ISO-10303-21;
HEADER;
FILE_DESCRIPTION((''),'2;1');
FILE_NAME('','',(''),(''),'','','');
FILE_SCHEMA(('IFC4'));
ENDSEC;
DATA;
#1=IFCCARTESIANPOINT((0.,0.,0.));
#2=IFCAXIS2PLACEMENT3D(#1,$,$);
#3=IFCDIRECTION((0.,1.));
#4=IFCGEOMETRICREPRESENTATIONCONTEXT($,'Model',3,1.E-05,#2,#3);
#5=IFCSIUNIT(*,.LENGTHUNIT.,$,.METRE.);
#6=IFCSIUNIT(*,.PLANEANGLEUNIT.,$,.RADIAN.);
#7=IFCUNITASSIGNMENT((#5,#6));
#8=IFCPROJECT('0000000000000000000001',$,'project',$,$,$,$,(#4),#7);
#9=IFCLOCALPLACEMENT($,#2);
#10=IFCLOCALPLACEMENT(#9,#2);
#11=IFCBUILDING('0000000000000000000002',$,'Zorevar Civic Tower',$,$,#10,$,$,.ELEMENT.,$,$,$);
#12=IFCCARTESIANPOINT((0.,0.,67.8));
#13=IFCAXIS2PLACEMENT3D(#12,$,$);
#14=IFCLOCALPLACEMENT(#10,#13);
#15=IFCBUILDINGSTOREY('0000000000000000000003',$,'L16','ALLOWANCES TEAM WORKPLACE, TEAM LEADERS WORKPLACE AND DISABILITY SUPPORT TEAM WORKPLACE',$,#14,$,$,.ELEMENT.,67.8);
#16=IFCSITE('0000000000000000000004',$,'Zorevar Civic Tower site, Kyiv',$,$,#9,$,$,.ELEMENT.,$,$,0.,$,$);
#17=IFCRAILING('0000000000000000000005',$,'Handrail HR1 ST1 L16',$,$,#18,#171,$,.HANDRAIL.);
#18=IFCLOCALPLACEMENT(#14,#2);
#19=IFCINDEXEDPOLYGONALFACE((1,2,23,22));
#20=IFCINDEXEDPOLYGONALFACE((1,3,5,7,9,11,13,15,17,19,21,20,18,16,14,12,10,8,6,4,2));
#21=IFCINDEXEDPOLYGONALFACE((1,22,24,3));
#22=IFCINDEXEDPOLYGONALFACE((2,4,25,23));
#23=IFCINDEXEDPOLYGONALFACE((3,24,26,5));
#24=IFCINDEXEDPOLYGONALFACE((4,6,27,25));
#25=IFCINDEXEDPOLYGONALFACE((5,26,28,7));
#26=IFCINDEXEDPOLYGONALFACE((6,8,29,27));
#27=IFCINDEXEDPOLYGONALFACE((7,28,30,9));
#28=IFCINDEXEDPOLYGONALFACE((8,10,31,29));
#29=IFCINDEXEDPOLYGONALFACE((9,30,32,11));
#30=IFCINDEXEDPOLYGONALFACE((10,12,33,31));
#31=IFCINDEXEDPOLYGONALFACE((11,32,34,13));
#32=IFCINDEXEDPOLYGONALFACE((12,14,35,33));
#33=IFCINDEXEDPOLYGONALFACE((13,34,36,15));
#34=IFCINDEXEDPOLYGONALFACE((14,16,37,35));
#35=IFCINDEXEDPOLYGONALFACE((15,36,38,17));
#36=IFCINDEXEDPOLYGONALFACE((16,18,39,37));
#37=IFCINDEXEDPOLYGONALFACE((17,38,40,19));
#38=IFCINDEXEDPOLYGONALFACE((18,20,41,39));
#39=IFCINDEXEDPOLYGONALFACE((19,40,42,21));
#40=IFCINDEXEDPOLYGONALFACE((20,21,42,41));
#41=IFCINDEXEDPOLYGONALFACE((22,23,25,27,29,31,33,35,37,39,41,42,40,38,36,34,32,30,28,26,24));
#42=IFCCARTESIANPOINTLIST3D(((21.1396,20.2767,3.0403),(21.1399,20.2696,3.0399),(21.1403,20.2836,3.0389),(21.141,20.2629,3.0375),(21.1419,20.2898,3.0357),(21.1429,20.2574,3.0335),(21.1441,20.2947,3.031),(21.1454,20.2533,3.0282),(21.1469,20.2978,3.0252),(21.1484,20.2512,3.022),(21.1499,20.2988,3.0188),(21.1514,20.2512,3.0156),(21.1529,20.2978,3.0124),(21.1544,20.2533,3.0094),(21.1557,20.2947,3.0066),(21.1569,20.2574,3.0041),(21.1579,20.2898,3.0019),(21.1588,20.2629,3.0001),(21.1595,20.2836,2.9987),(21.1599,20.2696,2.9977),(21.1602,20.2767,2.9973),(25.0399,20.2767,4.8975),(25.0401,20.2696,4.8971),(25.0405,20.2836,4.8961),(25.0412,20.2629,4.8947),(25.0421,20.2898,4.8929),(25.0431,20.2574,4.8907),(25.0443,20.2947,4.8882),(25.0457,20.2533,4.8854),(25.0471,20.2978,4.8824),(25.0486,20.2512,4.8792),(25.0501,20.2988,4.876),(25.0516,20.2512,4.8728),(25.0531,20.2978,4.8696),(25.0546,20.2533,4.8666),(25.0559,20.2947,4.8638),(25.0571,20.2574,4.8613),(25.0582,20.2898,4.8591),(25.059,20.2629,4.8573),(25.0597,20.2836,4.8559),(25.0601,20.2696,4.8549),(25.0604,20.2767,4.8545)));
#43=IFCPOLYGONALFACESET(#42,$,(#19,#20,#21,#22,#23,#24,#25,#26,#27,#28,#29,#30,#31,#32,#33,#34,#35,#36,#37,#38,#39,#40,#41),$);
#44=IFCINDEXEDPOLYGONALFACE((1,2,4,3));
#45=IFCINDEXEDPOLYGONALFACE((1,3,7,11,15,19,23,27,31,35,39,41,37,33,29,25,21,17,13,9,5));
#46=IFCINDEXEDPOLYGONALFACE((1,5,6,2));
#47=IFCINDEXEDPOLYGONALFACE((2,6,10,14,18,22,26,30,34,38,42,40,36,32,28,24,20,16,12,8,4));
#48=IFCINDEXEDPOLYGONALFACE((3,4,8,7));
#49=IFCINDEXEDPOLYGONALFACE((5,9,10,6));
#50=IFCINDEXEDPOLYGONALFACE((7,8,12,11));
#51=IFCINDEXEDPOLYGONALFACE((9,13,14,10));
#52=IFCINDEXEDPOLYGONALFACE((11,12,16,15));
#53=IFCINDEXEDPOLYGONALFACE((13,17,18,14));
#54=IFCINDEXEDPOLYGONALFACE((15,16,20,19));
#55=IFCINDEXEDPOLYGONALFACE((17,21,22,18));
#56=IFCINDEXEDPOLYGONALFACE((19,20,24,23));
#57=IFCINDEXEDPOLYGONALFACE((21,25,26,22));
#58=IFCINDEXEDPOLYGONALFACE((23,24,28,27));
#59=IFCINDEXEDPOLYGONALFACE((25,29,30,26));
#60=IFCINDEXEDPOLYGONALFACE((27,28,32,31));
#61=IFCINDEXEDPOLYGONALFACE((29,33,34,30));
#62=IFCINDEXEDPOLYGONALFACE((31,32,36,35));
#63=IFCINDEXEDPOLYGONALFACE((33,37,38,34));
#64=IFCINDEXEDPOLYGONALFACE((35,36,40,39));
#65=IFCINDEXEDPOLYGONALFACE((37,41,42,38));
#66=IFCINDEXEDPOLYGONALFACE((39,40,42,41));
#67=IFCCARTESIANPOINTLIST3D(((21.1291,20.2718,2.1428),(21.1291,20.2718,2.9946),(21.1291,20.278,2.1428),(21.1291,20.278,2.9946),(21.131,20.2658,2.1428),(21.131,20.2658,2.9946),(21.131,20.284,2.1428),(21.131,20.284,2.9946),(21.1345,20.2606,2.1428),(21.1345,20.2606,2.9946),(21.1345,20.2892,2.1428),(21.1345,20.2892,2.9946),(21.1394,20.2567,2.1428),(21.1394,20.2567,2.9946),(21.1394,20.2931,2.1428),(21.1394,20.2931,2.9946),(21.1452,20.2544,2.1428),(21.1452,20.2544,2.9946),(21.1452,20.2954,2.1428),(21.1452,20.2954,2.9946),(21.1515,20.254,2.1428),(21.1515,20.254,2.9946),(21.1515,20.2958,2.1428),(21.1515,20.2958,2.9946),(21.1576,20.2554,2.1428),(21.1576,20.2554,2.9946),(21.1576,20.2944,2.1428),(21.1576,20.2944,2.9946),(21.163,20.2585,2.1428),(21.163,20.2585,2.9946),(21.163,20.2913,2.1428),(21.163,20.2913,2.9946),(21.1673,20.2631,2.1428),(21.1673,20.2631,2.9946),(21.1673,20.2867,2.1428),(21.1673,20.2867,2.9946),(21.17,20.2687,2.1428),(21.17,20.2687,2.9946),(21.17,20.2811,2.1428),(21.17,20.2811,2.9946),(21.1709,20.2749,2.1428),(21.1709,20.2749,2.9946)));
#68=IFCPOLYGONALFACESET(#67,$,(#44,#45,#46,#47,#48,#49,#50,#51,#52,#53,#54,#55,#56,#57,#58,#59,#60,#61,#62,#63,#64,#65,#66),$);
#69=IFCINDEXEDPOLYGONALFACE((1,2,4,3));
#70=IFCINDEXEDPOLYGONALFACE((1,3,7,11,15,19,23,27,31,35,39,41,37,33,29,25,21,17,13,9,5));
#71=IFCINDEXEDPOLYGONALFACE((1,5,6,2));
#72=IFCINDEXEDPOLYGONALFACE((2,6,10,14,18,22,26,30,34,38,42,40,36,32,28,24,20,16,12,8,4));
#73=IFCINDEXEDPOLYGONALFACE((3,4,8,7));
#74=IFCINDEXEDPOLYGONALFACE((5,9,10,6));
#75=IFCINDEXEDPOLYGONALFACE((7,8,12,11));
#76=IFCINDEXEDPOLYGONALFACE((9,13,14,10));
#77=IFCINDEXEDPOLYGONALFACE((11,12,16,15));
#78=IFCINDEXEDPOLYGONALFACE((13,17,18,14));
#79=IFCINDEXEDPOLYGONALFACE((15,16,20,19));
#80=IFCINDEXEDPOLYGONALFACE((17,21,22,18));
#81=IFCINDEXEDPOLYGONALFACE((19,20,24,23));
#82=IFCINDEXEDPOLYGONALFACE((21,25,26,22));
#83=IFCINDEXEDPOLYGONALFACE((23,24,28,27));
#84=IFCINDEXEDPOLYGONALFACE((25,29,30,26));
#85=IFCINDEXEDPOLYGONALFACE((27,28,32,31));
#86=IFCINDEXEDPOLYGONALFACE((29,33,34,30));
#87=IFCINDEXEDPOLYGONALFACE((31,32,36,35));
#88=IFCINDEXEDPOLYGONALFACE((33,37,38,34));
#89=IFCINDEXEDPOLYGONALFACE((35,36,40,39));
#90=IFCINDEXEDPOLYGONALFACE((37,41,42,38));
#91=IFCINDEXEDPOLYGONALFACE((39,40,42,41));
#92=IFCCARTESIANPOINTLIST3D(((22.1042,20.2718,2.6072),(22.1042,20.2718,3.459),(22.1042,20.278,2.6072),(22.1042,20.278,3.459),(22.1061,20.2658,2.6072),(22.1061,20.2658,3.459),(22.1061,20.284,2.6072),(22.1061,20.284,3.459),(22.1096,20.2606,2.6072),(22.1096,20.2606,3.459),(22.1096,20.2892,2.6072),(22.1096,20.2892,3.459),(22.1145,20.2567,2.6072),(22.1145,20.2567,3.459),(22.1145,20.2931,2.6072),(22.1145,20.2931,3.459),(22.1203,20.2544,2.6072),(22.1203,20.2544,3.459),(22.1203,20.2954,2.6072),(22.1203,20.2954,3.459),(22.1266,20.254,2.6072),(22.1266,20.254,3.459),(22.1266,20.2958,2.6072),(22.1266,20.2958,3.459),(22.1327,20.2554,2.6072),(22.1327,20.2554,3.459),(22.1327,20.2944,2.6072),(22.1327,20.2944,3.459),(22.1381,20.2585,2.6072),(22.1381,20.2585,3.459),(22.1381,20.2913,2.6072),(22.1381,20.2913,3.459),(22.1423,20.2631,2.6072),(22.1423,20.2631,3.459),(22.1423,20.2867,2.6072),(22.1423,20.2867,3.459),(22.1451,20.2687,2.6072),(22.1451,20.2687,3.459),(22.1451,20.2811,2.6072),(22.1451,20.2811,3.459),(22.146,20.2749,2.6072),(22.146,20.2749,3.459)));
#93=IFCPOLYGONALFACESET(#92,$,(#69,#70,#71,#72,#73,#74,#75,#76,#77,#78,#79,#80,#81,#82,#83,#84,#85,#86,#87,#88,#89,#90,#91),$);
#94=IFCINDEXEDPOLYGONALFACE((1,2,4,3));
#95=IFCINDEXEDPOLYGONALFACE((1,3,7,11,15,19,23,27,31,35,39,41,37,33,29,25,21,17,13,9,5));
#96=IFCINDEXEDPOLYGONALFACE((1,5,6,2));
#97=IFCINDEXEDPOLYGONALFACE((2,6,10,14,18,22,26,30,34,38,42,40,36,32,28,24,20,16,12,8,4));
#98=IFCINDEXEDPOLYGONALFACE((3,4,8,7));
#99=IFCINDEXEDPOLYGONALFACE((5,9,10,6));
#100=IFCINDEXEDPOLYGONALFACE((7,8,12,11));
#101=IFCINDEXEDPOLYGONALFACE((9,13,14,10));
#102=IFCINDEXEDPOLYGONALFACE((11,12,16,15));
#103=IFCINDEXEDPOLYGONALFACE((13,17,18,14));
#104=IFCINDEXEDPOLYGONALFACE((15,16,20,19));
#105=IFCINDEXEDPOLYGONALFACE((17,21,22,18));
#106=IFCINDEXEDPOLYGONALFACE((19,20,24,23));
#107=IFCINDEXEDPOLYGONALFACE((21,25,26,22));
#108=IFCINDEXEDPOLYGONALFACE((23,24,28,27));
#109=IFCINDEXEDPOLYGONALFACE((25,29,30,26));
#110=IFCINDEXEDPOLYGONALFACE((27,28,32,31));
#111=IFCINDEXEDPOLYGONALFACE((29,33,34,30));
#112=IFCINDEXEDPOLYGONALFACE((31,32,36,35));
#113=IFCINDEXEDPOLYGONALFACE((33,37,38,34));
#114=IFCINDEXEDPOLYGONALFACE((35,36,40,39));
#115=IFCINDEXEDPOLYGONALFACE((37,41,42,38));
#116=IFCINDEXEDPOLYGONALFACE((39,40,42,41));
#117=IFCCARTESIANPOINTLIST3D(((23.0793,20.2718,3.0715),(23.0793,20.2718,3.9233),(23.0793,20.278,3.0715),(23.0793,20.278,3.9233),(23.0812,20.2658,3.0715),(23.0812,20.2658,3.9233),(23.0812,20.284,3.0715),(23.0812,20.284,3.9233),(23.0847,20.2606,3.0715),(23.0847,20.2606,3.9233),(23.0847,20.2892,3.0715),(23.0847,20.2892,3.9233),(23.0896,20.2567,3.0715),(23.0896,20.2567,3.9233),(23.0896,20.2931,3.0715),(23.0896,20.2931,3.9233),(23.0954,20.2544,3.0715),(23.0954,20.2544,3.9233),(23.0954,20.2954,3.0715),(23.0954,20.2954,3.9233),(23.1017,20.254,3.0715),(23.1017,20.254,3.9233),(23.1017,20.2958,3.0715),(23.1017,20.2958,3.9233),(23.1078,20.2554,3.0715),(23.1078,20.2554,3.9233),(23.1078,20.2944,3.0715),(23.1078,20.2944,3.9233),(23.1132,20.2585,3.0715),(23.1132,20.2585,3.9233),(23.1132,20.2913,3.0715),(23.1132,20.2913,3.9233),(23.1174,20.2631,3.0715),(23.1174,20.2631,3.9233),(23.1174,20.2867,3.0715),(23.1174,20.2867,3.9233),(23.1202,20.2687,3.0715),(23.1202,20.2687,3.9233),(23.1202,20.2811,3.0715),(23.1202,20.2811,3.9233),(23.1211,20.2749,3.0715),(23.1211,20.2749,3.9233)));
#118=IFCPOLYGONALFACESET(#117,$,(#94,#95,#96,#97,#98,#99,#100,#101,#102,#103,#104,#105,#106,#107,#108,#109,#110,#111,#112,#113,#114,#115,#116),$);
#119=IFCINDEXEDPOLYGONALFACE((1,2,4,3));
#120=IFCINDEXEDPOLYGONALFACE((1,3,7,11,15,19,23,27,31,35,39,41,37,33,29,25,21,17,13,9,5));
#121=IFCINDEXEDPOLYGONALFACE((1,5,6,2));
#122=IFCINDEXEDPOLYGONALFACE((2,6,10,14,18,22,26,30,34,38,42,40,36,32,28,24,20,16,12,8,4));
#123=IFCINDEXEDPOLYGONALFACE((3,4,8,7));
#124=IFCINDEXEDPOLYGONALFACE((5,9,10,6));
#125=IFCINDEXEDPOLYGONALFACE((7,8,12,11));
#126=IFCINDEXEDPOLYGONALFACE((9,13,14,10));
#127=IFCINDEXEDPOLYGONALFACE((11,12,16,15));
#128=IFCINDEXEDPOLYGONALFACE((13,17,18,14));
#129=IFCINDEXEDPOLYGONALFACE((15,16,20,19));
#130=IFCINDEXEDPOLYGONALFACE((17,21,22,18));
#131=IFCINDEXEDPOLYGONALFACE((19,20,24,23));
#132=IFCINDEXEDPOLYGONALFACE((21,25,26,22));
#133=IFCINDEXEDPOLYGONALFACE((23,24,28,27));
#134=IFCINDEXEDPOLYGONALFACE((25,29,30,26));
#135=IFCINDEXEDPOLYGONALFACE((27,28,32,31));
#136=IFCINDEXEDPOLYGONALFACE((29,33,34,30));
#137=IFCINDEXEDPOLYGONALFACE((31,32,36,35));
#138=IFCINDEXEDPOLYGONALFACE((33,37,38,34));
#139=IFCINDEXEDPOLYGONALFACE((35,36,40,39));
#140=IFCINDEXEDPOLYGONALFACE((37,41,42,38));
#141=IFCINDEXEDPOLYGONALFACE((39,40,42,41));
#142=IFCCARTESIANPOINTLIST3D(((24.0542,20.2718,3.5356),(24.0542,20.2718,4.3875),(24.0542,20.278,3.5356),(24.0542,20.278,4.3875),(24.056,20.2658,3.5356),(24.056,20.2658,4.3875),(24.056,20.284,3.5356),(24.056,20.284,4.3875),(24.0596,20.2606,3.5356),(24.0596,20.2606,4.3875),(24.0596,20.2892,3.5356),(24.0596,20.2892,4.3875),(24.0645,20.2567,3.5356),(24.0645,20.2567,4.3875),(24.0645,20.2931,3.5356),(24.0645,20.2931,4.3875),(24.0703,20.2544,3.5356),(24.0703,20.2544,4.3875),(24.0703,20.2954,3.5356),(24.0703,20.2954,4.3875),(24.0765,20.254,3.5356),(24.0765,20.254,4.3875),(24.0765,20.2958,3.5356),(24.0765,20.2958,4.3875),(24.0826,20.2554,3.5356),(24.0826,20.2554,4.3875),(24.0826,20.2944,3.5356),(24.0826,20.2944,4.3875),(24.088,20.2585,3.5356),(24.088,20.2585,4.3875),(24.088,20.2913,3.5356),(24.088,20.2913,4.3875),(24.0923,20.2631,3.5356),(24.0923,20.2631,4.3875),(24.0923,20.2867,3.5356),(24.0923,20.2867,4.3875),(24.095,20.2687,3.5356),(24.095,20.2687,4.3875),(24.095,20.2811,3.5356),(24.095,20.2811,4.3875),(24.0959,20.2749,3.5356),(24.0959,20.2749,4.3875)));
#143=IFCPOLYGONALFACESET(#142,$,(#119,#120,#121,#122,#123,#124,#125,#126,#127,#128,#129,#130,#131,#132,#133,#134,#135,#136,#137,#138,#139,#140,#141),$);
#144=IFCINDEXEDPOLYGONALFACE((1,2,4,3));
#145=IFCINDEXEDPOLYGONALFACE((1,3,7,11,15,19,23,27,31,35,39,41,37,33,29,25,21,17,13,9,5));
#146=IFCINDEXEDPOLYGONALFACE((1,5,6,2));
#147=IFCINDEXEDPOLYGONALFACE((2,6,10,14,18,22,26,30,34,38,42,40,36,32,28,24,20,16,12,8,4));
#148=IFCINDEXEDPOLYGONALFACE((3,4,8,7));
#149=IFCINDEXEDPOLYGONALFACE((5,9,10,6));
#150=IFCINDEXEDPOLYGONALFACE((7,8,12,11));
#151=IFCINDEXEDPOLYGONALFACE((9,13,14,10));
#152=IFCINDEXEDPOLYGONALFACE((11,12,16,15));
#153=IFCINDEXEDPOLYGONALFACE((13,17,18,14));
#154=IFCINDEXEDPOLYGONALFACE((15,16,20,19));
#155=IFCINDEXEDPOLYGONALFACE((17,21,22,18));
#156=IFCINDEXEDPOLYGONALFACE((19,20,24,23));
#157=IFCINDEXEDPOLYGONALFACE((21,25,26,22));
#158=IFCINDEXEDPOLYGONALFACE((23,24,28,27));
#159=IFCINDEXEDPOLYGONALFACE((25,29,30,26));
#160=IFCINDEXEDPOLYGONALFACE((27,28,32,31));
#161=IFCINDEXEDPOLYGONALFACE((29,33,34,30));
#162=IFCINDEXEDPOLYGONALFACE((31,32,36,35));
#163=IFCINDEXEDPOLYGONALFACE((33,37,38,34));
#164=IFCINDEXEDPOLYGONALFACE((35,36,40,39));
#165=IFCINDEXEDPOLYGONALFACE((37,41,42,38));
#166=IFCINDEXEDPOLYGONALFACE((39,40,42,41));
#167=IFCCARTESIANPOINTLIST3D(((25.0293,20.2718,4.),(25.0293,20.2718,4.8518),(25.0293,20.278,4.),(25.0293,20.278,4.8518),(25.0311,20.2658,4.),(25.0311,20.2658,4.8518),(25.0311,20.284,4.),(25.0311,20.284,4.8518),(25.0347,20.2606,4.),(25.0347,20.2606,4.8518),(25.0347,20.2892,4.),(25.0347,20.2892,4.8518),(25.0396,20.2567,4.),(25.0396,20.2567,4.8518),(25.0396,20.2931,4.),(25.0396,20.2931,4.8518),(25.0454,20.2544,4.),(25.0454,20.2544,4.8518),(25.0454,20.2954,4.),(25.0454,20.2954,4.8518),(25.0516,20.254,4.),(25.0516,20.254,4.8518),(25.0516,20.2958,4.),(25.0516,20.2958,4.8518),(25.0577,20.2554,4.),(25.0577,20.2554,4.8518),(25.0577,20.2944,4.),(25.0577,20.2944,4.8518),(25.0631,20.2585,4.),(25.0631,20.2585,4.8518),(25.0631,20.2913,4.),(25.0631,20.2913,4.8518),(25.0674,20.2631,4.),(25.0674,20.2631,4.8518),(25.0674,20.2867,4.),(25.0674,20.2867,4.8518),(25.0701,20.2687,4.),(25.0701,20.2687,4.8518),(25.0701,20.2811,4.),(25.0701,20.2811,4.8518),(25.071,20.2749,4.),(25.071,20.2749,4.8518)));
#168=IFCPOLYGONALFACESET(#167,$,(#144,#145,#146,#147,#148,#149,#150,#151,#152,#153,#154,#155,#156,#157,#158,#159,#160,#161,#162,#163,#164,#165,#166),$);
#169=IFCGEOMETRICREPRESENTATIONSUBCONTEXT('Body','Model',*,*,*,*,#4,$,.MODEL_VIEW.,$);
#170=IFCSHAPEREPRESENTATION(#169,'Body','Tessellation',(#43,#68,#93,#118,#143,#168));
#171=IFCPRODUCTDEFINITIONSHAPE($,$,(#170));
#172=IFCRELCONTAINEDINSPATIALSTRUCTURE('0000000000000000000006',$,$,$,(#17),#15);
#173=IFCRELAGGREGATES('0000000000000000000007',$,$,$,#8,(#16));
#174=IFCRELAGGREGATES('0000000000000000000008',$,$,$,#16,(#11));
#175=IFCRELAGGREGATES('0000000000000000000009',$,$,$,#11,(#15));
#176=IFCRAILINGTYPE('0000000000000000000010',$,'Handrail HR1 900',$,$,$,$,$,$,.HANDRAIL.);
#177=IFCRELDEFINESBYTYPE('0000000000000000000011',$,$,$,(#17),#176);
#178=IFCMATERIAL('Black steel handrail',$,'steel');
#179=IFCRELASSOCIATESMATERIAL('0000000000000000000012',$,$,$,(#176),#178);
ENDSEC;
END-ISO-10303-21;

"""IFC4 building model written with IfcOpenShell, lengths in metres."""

from ifc_helpers import new_model, si_unit, direction, frame, origin, origin_2d, place, context, subcontext, project, spatial, circle, extrude, material, type_object, element, save


model = new_model("IFC4")

# Units and contexts
model_context = context("Model", 3, precision=1e-05, world=origin(), true_north=direction((0.0, 1.0)))
body_context = subcontext(model_context, "Body", "Model", "MODEL_VIEW")
ifc_project = project(units=[si_unit("LENGTHUNIT", "METRE"), si_unit("PLANEANGLEUNIT", "RADIAN")], contexts=[model_context])

# Site, building, storey
site_placement = place(None, origin())
site = spatial("IfcSite", under=ifc_project, at=site_placement, Name="Zorevar Civic Tower site, Kyiv", CompositionType="ELEMENT", RefElevation=0.0)
building_placement = place(site_placement, origin())
building = spatial("IfcBuilding", under=site, at=building_placement, Name="Zorevar Civic Tower", CompositionType="ELEMENT")
storey_placement = place(building_placement, frame((0.0, 0.0, 67.8)))
storey = spatial("IfcBuildingStorey", under=building, at=storey_placement, Name="L16", Description="ALLOWANCES TEAM WORKPLACE, TEAM LEADERS WORKPLACE AND DISABILITY SUPPORT TEAM WORKPLACE", CompositionType="ELEMENT", Elevation=67.8)

# Railing
ifc_material_1 = material(Name="Black steel handrail", Category="steel")
railing_type = type_object("IfcRailingType", Name="Handrail HR1 900", PredefinedType="HANDRAIL", material=ifc_material_1)
railing_1_placement = place(storey_placement, frame((21.1499, 20.2749, 2.1428)))
element("IfcRailing", 1, at=railing_1_placement, inside=storey, type_object=railing_type, Name="Handrail HR1 ST1 L16", PredefinedType="HANDRAIL", context=body_context, shape_type="SweptSolid", body=[
    extrude(circle(Radius=0.0239, at=origin_2d()), frame((0.0, 0.0, 0.876), z_axis=(0.902864, 0.0, 0.429927), x_axis=(0.0, 1.0, 0.0)), (0.0, 0.0, 1.0), 4.3198),
    extrude(circle(Radius=0.021, at=origin_2d()), origin(), (0.0, 0.0, 1.0), 0.8518),
    extrude(circle(Radius=0.021, at=origin_2d()), frame((0.9751, 0.0, 0.4644)), (0.0, 0.0, 1.0), 0.8518),
    extrude(circle(Radius=0.021, at=origin_2d()), frame((1.9502, 0.0, 0.9287)), (0.0, 0.0, 1.0), 0.8518),
    extrude(circle(Radius=0.021, at=origin_2d()), frame((2.925, 0.0, 1.3928)), (0.0, 0.0, 1.0), 0.8518),
    extrude(circle(Radius=0.021, at=origin_2d()), frame((3.9001, 0.0, 1.8572)), (0.0, 0.0, 1.0), 0.8518),
])

save(model, "model.ifc")
